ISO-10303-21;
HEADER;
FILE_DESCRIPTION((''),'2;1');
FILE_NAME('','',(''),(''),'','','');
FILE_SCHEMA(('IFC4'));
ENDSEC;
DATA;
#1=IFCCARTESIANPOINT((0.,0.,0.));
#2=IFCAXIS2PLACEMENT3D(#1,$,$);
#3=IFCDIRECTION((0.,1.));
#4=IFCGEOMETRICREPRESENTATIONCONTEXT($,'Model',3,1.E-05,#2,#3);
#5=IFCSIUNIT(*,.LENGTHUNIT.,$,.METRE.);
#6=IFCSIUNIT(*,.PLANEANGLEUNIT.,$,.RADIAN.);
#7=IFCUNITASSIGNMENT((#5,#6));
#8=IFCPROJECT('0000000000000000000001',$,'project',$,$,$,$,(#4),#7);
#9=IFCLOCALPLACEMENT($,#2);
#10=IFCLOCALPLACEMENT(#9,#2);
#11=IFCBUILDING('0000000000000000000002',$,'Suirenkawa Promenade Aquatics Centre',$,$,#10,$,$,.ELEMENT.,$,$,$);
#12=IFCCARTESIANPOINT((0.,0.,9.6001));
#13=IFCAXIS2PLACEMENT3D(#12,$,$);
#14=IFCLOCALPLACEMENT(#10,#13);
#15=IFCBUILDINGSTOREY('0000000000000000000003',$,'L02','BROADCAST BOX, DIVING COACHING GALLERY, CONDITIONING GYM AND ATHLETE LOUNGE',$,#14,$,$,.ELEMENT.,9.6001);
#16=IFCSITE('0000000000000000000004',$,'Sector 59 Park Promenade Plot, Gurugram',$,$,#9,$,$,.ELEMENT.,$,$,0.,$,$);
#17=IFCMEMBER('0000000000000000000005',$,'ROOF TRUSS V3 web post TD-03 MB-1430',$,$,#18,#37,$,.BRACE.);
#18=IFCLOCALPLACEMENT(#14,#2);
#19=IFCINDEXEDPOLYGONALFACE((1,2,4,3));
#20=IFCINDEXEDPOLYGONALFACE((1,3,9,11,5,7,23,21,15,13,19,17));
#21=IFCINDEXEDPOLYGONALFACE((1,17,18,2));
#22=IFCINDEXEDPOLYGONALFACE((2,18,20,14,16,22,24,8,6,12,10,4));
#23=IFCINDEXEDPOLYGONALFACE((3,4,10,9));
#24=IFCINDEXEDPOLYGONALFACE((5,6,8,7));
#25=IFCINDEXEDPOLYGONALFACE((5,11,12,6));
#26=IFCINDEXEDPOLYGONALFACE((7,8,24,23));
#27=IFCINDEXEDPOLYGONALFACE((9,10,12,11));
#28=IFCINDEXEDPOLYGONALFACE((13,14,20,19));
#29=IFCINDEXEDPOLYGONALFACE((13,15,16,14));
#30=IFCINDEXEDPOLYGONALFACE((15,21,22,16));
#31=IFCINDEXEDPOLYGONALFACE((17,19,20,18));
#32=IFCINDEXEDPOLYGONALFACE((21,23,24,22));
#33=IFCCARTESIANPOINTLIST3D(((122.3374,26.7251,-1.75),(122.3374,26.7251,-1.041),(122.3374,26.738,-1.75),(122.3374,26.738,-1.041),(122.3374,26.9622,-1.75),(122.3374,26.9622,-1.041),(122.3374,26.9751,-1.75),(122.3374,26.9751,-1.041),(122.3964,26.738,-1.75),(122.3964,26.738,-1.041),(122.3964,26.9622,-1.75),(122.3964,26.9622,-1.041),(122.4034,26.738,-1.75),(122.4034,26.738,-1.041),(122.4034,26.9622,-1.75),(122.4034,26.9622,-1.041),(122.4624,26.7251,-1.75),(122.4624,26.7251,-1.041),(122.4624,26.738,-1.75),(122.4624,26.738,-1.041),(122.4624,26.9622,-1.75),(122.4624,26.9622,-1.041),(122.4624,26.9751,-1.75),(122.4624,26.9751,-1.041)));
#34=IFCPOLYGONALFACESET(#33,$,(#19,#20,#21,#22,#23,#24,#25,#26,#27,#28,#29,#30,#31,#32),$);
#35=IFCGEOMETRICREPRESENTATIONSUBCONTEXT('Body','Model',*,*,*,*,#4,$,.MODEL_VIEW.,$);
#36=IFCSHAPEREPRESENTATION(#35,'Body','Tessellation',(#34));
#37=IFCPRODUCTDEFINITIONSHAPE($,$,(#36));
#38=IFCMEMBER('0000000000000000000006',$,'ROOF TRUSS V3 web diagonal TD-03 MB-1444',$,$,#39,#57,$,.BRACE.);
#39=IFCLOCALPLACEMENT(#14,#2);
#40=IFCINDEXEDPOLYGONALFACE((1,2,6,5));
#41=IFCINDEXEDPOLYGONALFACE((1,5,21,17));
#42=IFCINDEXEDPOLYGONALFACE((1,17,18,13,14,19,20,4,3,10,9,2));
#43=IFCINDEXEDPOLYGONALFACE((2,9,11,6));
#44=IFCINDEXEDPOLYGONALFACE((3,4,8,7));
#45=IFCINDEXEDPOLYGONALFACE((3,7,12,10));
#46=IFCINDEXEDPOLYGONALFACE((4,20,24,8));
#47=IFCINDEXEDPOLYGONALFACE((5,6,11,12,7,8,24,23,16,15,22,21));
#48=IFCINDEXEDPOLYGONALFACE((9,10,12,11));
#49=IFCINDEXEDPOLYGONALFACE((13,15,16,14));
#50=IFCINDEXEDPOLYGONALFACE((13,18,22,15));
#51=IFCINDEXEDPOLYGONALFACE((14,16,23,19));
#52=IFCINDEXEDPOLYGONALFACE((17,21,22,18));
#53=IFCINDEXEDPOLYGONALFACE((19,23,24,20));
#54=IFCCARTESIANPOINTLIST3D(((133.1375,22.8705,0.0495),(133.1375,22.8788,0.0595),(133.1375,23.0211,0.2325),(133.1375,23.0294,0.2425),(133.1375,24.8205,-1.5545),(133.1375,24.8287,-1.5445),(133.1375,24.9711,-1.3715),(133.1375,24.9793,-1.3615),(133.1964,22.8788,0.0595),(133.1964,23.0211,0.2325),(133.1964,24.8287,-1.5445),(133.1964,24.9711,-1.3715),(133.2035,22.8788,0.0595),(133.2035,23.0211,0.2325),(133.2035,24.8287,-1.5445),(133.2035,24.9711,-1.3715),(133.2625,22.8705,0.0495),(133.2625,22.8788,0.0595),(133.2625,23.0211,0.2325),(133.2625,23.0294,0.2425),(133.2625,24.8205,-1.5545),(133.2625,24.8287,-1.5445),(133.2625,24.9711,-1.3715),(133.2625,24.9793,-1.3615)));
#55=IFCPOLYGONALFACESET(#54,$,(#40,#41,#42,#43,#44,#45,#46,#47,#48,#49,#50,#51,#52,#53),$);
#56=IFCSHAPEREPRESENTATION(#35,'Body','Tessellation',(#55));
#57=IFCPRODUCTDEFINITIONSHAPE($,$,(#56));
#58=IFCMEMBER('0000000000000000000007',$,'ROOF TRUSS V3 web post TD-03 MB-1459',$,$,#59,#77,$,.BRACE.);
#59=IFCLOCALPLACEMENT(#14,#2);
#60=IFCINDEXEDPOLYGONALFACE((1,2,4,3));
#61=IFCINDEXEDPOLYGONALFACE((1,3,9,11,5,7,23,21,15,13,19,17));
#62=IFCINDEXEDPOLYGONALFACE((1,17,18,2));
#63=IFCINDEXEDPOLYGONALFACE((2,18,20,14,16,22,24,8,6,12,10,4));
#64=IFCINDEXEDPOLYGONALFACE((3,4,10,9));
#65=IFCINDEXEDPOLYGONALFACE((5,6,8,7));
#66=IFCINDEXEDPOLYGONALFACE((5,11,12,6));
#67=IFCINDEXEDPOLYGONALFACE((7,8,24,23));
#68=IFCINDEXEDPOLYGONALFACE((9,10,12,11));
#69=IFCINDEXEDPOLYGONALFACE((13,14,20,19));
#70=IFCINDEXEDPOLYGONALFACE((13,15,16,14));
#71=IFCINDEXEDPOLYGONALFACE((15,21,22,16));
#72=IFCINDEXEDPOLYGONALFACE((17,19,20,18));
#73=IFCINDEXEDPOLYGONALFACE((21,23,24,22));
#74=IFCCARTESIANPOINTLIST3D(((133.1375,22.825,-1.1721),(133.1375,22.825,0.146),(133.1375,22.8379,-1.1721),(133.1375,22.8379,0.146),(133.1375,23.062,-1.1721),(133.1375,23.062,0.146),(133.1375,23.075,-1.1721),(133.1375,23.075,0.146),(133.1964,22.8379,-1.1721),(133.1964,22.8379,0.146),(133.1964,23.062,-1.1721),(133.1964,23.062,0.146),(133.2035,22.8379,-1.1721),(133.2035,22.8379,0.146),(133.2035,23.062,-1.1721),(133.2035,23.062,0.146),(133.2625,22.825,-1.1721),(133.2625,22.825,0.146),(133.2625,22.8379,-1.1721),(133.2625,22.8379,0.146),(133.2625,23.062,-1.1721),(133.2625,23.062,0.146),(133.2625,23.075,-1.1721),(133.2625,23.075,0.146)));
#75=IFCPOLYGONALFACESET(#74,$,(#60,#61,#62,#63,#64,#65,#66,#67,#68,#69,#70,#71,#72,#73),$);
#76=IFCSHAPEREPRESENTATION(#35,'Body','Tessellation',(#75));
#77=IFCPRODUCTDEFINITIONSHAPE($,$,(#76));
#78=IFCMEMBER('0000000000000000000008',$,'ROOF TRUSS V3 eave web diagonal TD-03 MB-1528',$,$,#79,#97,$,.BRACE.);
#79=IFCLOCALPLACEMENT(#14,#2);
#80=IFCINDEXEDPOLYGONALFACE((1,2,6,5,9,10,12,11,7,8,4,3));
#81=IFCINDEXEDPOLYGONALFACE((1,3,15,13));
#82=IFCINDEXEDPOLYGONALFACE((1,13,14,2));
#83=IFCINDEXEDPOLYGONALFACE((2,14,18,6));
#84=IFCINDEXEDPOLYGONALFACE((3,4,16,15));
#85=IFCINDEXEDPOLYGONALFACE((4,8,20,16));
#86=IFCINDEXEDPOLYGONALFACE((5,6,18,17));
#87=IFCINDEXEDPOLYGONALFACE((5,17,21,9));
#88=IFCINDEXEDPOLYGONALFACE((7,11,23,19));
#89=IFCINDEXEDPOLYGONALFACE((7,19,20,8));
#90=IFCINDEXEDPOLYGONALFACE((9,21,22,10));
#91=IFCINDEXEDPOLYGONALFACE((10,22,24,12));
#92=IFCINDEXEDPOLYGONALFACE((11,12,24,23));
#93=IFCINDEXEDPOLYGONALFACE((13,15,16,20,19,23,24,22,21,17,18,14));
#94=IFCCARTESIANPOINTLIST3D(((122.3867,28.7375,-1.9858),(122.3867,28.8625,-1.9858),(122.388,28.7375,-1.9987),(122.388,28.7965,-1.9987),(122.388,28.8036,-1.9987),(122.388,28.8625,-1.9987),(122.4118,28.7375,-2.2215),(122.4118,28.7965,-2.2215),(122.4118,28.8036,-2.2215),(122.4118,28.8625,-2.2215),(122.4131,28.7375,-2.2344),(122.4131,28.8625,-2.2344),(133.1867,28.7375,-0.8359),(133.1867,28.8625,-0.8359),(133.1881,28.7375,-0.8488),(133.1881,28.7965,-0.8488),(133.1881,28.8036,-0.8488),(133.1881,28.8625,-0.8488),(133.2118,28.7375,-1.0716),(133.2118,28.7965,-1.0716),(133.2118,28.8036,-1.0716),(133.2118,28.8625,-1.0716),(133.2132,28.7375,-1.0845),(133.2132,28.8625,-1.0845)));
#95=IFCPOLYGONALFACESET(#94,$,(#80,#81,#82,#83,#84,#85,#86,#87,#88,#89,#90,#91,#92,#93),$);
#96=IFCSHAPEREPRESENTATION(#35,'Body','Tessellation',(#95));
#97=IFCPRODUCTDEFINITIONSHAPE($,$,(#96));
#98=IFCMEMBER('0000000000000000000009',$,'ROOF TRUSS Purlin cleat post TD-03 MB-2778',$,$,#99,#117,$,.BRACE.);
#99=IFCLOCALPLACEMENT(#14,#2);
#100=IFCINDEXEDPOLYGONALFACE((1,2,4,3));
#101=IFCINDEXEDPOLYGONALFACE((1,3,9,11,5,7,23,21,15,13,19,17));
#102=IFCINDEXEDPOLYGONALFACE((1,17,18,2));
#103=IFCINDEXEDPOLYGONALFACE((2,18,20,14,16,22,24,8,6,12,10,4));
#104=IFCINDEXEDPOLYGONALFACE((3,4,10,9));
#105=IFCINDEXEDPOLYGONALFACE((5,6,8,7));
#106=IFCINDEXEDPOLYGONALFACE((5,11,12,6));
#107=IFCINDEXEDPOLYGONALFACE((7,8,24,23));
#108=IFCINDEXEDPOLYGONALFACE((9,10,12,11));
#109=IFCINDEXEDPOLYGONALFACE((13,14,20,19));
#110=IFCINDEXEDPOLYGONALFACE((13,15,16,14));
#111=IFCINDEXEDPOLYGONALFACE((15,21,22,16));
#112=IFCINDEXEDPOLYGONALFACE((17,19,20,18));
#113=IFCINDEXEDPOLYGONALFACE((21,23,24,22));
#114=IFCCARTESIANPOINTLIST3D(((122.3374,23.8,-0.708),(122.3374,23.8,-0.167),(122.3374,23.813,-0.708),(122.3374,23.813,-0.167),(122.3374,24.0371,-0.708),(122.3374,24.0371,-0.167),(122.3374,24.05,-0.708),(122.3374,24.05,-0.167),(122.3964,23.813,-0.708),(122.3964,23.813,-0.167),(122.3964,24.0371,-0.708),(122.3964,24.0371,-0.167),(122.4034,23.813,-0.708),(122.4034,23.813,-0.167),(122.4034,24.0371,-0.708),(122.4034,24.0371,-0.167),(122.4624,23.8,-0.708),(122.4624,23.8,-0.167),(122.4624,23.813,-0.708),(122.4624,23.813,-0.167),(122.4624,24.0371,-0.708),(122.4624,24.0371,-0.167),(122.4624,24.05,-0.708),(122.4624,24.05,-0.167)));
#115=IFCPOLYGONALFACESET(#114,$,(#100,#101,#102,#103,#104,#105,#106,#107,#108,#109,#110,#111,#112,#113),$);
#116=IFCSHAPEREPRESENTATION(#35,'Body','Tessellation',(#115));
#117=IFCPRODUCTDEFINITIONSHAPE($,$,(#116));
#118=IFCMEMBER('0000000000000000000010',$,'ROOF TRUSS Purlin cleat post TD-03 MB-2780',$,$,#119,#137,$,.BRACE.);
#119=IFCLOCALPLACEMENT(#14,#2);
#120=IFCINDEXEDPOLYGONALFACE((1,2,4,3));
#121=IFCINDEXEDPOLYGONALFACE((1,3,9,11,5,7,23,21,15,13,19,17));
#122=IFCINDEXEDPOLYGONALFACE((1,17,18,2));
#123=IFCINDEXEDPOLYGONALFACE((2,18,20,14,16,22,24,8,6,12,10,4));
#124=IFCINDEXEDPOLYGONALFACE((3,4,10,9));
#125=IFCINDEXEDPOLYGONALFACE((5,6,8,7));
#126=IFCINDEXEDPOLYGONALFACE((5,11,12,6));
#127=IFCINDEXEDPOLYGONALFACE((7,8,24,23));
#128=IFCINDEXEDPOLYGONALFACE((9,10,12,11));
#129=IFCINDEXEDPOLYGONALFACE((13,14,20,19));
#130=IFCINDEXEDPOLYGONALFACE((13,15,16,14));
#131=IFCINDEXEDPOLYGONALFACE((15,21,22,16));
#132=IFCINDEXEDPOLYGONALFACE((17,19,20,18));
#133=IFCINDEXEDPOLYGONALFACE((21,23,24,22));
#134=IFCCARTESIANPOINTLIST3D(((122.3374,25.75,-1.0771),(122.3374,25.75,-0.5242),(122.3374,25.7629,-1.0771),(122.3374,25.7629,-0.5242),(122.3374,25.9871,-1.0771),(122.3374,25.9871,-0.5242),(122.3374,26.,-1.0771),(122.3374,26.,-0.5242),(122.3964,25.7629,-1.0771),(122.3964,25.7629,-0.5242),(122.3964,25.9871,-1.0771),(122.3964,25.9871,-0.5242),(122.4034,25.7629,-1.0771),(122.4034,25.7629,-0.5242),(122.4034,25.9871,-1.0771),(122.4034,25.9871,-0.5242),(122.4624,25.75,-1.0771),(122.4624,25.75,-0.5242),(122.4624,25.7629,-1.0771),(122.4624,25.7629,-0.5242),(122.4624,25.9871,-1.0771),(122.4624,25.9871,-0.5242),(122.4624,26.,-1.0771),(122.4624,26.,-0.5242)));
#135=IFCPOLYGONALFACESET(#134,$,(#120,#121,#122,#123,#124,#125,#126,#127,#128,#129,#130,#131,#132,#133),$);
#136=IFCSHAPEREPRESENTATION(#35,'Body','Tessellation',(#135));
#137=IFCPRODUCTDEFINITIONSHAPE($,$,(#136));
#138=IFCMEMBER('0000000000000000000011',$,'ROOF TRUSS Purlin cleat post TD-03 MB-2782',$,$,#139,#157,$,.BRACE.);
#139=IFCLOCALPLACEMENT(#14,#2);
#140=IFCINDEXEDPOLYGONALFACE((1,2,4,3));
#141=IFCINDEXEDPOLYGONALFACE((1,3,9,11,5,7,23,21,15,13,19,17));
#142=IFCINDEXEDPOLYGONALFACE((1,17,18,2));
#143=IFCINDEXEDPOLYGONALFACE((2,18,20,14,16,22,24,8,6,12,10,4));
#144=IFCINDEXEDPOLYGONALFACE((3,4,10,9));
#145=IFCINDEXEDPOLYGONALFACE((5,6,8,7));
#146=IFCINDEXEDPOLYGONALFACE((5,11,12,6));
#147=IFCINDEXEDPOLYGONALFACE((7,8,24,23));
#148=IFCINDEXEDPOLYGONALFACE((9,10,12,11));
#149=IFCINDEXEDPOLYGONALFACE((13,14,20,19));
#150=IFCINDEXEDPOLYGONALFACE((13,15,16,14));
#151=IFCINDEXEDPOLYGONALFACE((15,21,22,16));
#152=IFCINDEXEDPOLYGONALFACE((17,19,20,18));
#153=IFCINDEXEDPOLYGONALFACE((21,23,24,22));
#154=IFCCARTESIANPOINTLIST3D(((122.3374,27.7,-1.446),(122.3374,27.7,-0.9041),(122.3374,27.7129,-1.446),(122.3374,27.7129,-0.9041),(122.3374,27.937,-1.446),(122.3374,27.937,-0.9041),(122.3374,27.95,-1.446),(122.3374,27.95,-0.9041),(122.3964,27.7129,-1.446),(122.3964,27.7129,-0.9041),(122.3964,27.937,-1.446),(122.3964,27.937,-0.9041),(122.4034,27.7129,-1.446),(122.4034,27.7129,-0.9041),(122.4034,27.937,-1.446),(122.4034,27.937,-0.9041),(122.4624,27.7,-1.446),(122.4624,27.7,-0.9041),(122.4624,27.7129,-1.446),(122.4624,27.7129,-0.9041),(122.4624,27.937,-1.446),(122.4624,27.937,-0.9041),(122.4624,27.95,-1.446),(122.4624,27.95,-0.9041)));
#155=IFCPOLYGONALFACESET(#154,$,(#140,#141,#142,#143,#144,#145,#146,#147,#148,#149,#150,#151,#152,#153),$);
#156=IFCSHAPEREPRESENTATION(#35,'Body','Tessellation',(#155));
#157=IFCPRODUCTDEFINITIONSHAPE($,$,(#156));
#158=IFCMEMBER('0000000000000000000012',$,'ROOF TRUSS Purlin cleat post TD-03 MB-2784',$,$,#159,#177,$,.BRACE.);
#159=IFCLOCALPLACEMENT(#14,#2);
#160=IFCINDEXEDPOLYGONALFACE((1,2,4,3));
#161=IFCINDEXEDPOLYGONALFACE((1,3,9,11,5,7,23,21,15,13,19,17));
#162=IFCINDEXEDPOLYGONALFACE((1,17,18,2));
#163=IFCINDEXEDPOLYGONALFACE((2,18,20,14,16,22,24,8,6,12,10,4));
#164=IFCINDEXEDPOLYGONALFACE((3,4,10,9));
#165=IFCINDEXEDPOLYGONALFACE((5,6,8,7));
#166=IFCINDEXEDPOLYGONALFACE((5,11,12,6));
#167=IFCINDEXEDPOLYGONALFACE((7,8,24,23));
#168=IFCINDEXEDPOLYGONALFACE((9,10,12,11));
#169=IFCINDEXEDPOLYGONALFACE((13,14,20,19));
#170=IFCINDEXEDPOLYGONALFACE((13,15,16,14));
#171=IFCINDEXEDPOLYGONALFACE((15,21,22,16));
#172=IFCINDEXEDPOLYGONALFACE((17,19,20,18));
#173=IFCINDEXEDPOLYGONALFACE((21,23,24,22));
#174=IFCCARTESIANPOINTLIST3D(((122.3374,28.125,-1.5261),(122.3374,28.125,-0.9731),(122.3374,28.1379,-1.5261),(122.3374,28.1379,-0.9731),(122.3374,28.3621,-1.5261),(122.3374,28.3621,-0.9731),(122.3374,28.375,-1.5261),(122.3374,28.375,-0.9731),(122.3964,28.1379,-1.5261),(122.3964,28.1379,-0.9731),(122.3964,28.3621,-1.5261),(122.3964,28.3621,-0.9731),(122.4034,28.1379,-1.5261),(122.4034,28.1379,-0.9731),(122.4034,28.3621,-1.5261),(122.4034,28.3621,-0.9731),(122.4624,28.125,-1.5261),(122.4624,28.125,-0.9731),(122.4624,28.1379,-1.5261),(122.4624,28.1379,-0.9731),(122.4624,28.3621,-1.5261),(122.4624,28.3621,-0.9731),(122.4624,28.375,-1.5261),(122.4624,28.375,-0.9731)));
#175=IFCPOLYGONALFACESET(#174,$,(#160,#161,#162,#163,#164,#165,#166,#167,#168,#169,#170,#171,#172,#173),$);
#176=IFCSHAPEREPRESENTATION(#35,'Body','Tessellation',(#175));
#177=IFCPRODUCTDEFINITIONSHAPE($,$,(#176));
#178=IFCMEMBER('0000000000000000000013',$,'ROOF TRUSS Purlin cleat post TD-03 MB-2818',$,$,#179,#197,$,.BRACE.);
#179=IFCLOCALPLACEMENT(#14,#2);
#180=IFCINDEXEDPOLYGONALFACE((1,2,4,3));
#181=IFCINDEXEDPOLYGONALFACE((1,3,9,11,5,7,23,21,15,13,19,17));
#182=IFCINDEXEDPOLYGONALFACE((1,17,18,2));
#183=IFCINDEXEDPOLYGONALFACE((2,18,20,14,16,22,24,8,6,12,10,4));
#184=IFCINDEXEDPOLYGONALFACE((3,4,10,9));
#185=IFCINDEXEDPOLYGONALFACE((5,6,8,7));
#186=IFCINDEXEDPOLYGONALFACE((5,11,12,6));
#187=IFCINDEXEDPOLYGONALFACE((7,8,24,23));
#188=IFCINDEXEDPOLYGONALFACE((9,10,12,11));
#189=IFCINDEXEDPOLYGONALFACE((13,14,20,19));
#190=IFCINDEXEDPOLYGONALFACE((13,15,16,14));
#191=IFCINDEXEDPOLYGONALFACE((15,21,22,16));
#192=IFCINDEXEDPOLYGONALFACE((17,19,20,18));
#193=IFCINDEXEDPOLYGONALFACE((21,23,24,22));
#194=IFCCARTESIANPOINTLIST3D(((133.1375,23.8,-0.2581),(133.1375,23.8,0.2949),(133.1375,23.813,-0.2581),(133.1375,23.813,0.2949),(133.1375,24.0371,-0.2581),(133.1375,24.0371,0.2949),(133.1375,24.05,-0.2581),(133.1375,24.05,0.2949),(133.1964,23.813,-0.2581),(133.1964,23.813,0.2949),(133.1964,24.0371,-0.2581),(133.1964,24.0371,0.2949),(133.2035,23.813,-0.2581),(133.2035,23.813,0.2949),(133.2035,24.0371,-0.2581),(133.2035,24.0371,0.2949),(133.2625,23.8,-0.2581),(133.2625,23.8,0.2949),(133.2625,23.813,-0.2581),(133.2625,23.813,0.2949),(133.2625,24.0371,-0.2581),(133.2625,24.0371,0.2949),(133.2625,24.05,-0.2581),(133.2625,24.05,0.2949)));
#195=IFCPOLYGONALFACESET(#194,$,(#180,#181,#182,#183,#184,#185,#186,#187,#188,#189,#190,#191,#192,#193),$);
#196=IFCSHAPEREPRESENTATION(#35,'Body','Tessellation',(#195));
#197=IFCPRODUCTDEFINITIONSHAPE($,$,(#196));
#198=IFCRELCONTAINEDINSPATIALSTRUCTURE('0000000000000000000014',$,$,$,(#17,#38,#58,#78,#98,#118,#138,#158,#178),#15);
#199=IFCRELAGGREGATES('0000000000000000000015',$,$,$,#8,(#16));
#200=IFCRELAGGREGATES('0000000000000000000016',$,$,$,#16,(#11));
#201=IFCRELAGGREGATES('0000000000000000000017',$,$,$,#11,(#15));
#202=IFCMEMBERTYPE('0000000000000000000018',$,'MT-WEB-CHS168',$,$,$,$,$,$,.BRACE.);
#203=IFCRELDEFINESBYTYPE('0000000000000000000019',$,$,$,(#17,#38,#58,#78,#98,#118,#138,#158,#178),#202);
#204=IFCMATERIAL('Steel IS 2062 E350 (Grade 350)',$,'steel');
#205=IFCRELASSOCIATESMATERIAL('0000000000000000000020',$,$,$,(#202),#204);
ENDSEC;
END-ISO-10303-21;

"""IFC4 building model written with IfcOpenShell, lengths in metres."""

from ifc_helpers import new_model, si_unit, direction, frame, origin, origin_2d, place, context, subcontext, project, spatial, i_section, extrude, material, material_profile, profile_set, type_object, element, save


model = new_model("IFC4")

# Units and contexts
model_context = context("Model", 3, precision=1e-05, world=origin(), true_north=direction((0.0, 1.0)))
body_context = subcontext(model_context, "Body", "Model", "MODEL_VIEW")
ifc_project = project(units=[si_unit("LENGTHUNIT", "METRE"), si_unit("PLANEANGLEUNIT", "RADIAN")], contexts=[model_context])

# Site, building, storey
site_placement = place(None, origin())
site = spatial("IfcSite", under=ifc_project, at=site_placement, Name="Sector 59 Park Promenade Plot, Gurugram", CompositionType="ELEMENT", RefElevation=0.0)
building_placement = place(site_placement, origin())
building = spatial("IfcBuilding", under=site, at=building_placement, Name="Suirenkawa Promenade Aquatics Centre", CompositionType="ELEMENT")
storey_placement = place(building_placement, frame((0.0, 0.0, 9.6001)))
storey = spatial("IfcBuildingStorey", under=building, at=storey_placement, Name="L02", Description="BROADCAST BOX, DIVING COACHING GALLERY, CONDITIONING GYM AND ATHLETE LOUNGE", CompositionType="ELEMENT", Elevation=9.6001)

# Shared definitions
ifc_material_1 = material(Name="Steel IS 2062 E350 (Grade 350)", Category="steel")

# Members
ifc_material_profile_1 = material_profile(ifc_material_1, i_section(OverallWidth=0.125, OverallDepth=0.25, WebThickness=0.0071, FlangeThickness=0.0129, at=origin_2d()), Name="ISMB 250", Category="steel")
ifc_profile_set_1 = profile_set([ifc_material_profile_1], Name="Steel IS 2062 E350 (Grade 350)")
member_type_1 = type_object("IfcMemberType", Name="MT-WEB-CHS168", PredefinedType="BRACE", material=ifc_profile_set_1)
member_1_placement = place(storey_placement, frame((122.3999, 26.8501, -1.75), z_axis=(0.0, 0.0, 1.0), x_axis=(1.0, 0.0, 0.0)))
element("IfcMember", 1, at=member_1_placement, inside=storey, type_object=member_type_1, Name="ROOF TRUSS V3 web post TD-03 MB-1430", PredefinedType="BRACE", context=body_context, shape_type="SweptSolid", body=[
    extrude(i_section(OverallWidth=0.125, OverallDepth=0.25, WebThickness=0.0071, FlangeThickness=0.0129, at=origin_2d()), origin(), (0.0, 0.0, 1.0), 0.709),
])
member_2_placement = place(storey_placement, frame((133.2, 22.95, 0.146), z_axis=(0.0, 0.772287, -0.635273), x_axis=(-1.0, 0.0, 0.0)))
element("IfcMember", 2, at=member_2_placement, inside=storey, type_object=member_type_1, Name="ROOF TRUSS V3 web diagonal TD-03 MB-1444", PredefinedType="BRACE", context=body_context, shape_type="SweptSolid", body=[
    extrude(i_section(OverallWidth=0.125, OverallDepth=0.25, WebThickness=0.0071, FlangeThickness=0.0129, at=origin_2d()), origin(), (0.0, 0.0, 1.0), 2.5249),
])
member_3_placement = place(storey_placement, frame((133.2, 22.95, -1.1721), z_axis=(0.0, 0.0, 1.0), x_axis=(1.0, 0.0, 0.0)))
element("IfcMember", 3, at=member_3_placement, inside=storey, type_object=member_type_1, Name="ROOF TRUSS V3 web post TD-03 MB-1459", PredefinedType="BRACE", context=body_context, shape_type="SweptSolid", body=[
    extrude(i_section(OverallWidth=0.125, OverallDepth=0.25, WebThickness=0.0071, FlangeThickness=0.0129, at=origin_2d()), origin(), (0.0, 0.0, 1.0), 1.3181),
])
member_4_placement = place(storey_placement, frame((122.3999, 28.8, -2.1101), z_axis=(0.99438, 0.0, 0.105874), x_axis=(0.0, 1.0, 0.0)))
element("IfcMember", 4, at=member_4_placement, inside=storey, type_object=member_type_1, Name="ROOF TRUSS V3 eave web diagonal TD-03 MB-1528", PredefinedType="BRACE", context=body_context, shape_type="SweptSolid", body=[
    extrude(i_section(OverallWidth=0.125, OverallDepth=0.25, WebThickness=0.0071, FlangeThickness=0.0129, at=origin_2d()), origin(), (0.0, 0.0, 1.0), 10.8611),
])
member_5_placement = place(storey_placement, frame((122.3999, 23.925, -0.708), z_axis=(0.0, 0.0, 1.0), x_axis=(1.0, 0.0, 0.0)))
element("IfcMember", 5, at=member_5_placement, inside=storey, type_object=member_type_1, Name="ROOF TRUSS Purlin cleat post TD-03 MB-2778", PredefinedType="BRACE", context=body_context, shape_type="SweptSolid", body=[
    extrude(i_section(OverallWidth=0.125, OverallDepth=0.25, WebThickness=0.0071, FlangeThickness=0.0129, at=origin_2d()), origin(), (0.0, 0.0, 1.0), 0.541),
])
member_6_placement = place(storey_placement, frame((122.3999, 25.875, -1.0771), z_axis=(0.0, 0.0, 1.0), x_axis=(1.0, 0.0, 0.0)))
element("IfcMember", 6, at=member_6_placement, inside=storey, type_object=member_type_1, Name="ROOF TRUSS Purlin cleat post TD-03 MB-2780", PredefinedType="BRACE", context=body_context, shape_type="SweptSolid", body=[
    extrude(i_section(OverallWidth=0.125, OverallDepth=0.25, WebThickness=0.0071, FlangeThickness=0.0129, at=origin_2d()), origin(), (0.0, 0.0, 1.0), 0.553),
])
member_7_placement = place(storey_placement, frame((122.3999, 27.825, -1.446), z_axis=(0.0, 0.0, 1.0), x_axis=(1.0, 0.0, 0.0)))
element("IfcMember", 7, at=member_7_placement, inside=storey, type_object=member_type_1, Name="ROOF TRUSS Purlin cleat post TD-03 MB-2782", PredefinedType="BRACE", context=body_context, shape_type="SweptSolid", body=[
    extrude(i_section(OverallWidth=0.125, OverallDepth=0.25, WebThickness=0.0071, FlangeThickness=0.0129, at=origin_2d()), origin(), (0.0, 0.0, 1.0), 0.542),
])
for number, where, z_axis, x_axis, name in (
    (8, (122.3999, 28.25, -1.5261), (0.0, 0.0, 1.0), (1.0, 0.0, 0.0), "ROOF TRUSS Purlin cleat post TD-03 MB-2784"),
    (9, (133.2, 23.925, -0.2581), (0.0, 0.0, 1.0), (1.0, 0.0, 0.0), "ROOF TRUSS Purlin cleat post TD-03 MB-2818"),
):
    element("IfcMember", number, at=place(storey_placement, frame(where, z_axis=z_axis, x_axis=x_axis)), inside=storey, type_object=member_type_1, Name=name, PredefinedType="BRACE", context=body_context, shape_type="SweptSolid", body=[
        extrude(i_section(OverallWidth=0.125, OverallDepth=0.25, WebThickness=0.0071, FlangeThickness=0.0129, at=origin_2d()), origin(), (0.0, 0.0, 1.0), 0.553),
    ])

save(model, "model.ifc")
